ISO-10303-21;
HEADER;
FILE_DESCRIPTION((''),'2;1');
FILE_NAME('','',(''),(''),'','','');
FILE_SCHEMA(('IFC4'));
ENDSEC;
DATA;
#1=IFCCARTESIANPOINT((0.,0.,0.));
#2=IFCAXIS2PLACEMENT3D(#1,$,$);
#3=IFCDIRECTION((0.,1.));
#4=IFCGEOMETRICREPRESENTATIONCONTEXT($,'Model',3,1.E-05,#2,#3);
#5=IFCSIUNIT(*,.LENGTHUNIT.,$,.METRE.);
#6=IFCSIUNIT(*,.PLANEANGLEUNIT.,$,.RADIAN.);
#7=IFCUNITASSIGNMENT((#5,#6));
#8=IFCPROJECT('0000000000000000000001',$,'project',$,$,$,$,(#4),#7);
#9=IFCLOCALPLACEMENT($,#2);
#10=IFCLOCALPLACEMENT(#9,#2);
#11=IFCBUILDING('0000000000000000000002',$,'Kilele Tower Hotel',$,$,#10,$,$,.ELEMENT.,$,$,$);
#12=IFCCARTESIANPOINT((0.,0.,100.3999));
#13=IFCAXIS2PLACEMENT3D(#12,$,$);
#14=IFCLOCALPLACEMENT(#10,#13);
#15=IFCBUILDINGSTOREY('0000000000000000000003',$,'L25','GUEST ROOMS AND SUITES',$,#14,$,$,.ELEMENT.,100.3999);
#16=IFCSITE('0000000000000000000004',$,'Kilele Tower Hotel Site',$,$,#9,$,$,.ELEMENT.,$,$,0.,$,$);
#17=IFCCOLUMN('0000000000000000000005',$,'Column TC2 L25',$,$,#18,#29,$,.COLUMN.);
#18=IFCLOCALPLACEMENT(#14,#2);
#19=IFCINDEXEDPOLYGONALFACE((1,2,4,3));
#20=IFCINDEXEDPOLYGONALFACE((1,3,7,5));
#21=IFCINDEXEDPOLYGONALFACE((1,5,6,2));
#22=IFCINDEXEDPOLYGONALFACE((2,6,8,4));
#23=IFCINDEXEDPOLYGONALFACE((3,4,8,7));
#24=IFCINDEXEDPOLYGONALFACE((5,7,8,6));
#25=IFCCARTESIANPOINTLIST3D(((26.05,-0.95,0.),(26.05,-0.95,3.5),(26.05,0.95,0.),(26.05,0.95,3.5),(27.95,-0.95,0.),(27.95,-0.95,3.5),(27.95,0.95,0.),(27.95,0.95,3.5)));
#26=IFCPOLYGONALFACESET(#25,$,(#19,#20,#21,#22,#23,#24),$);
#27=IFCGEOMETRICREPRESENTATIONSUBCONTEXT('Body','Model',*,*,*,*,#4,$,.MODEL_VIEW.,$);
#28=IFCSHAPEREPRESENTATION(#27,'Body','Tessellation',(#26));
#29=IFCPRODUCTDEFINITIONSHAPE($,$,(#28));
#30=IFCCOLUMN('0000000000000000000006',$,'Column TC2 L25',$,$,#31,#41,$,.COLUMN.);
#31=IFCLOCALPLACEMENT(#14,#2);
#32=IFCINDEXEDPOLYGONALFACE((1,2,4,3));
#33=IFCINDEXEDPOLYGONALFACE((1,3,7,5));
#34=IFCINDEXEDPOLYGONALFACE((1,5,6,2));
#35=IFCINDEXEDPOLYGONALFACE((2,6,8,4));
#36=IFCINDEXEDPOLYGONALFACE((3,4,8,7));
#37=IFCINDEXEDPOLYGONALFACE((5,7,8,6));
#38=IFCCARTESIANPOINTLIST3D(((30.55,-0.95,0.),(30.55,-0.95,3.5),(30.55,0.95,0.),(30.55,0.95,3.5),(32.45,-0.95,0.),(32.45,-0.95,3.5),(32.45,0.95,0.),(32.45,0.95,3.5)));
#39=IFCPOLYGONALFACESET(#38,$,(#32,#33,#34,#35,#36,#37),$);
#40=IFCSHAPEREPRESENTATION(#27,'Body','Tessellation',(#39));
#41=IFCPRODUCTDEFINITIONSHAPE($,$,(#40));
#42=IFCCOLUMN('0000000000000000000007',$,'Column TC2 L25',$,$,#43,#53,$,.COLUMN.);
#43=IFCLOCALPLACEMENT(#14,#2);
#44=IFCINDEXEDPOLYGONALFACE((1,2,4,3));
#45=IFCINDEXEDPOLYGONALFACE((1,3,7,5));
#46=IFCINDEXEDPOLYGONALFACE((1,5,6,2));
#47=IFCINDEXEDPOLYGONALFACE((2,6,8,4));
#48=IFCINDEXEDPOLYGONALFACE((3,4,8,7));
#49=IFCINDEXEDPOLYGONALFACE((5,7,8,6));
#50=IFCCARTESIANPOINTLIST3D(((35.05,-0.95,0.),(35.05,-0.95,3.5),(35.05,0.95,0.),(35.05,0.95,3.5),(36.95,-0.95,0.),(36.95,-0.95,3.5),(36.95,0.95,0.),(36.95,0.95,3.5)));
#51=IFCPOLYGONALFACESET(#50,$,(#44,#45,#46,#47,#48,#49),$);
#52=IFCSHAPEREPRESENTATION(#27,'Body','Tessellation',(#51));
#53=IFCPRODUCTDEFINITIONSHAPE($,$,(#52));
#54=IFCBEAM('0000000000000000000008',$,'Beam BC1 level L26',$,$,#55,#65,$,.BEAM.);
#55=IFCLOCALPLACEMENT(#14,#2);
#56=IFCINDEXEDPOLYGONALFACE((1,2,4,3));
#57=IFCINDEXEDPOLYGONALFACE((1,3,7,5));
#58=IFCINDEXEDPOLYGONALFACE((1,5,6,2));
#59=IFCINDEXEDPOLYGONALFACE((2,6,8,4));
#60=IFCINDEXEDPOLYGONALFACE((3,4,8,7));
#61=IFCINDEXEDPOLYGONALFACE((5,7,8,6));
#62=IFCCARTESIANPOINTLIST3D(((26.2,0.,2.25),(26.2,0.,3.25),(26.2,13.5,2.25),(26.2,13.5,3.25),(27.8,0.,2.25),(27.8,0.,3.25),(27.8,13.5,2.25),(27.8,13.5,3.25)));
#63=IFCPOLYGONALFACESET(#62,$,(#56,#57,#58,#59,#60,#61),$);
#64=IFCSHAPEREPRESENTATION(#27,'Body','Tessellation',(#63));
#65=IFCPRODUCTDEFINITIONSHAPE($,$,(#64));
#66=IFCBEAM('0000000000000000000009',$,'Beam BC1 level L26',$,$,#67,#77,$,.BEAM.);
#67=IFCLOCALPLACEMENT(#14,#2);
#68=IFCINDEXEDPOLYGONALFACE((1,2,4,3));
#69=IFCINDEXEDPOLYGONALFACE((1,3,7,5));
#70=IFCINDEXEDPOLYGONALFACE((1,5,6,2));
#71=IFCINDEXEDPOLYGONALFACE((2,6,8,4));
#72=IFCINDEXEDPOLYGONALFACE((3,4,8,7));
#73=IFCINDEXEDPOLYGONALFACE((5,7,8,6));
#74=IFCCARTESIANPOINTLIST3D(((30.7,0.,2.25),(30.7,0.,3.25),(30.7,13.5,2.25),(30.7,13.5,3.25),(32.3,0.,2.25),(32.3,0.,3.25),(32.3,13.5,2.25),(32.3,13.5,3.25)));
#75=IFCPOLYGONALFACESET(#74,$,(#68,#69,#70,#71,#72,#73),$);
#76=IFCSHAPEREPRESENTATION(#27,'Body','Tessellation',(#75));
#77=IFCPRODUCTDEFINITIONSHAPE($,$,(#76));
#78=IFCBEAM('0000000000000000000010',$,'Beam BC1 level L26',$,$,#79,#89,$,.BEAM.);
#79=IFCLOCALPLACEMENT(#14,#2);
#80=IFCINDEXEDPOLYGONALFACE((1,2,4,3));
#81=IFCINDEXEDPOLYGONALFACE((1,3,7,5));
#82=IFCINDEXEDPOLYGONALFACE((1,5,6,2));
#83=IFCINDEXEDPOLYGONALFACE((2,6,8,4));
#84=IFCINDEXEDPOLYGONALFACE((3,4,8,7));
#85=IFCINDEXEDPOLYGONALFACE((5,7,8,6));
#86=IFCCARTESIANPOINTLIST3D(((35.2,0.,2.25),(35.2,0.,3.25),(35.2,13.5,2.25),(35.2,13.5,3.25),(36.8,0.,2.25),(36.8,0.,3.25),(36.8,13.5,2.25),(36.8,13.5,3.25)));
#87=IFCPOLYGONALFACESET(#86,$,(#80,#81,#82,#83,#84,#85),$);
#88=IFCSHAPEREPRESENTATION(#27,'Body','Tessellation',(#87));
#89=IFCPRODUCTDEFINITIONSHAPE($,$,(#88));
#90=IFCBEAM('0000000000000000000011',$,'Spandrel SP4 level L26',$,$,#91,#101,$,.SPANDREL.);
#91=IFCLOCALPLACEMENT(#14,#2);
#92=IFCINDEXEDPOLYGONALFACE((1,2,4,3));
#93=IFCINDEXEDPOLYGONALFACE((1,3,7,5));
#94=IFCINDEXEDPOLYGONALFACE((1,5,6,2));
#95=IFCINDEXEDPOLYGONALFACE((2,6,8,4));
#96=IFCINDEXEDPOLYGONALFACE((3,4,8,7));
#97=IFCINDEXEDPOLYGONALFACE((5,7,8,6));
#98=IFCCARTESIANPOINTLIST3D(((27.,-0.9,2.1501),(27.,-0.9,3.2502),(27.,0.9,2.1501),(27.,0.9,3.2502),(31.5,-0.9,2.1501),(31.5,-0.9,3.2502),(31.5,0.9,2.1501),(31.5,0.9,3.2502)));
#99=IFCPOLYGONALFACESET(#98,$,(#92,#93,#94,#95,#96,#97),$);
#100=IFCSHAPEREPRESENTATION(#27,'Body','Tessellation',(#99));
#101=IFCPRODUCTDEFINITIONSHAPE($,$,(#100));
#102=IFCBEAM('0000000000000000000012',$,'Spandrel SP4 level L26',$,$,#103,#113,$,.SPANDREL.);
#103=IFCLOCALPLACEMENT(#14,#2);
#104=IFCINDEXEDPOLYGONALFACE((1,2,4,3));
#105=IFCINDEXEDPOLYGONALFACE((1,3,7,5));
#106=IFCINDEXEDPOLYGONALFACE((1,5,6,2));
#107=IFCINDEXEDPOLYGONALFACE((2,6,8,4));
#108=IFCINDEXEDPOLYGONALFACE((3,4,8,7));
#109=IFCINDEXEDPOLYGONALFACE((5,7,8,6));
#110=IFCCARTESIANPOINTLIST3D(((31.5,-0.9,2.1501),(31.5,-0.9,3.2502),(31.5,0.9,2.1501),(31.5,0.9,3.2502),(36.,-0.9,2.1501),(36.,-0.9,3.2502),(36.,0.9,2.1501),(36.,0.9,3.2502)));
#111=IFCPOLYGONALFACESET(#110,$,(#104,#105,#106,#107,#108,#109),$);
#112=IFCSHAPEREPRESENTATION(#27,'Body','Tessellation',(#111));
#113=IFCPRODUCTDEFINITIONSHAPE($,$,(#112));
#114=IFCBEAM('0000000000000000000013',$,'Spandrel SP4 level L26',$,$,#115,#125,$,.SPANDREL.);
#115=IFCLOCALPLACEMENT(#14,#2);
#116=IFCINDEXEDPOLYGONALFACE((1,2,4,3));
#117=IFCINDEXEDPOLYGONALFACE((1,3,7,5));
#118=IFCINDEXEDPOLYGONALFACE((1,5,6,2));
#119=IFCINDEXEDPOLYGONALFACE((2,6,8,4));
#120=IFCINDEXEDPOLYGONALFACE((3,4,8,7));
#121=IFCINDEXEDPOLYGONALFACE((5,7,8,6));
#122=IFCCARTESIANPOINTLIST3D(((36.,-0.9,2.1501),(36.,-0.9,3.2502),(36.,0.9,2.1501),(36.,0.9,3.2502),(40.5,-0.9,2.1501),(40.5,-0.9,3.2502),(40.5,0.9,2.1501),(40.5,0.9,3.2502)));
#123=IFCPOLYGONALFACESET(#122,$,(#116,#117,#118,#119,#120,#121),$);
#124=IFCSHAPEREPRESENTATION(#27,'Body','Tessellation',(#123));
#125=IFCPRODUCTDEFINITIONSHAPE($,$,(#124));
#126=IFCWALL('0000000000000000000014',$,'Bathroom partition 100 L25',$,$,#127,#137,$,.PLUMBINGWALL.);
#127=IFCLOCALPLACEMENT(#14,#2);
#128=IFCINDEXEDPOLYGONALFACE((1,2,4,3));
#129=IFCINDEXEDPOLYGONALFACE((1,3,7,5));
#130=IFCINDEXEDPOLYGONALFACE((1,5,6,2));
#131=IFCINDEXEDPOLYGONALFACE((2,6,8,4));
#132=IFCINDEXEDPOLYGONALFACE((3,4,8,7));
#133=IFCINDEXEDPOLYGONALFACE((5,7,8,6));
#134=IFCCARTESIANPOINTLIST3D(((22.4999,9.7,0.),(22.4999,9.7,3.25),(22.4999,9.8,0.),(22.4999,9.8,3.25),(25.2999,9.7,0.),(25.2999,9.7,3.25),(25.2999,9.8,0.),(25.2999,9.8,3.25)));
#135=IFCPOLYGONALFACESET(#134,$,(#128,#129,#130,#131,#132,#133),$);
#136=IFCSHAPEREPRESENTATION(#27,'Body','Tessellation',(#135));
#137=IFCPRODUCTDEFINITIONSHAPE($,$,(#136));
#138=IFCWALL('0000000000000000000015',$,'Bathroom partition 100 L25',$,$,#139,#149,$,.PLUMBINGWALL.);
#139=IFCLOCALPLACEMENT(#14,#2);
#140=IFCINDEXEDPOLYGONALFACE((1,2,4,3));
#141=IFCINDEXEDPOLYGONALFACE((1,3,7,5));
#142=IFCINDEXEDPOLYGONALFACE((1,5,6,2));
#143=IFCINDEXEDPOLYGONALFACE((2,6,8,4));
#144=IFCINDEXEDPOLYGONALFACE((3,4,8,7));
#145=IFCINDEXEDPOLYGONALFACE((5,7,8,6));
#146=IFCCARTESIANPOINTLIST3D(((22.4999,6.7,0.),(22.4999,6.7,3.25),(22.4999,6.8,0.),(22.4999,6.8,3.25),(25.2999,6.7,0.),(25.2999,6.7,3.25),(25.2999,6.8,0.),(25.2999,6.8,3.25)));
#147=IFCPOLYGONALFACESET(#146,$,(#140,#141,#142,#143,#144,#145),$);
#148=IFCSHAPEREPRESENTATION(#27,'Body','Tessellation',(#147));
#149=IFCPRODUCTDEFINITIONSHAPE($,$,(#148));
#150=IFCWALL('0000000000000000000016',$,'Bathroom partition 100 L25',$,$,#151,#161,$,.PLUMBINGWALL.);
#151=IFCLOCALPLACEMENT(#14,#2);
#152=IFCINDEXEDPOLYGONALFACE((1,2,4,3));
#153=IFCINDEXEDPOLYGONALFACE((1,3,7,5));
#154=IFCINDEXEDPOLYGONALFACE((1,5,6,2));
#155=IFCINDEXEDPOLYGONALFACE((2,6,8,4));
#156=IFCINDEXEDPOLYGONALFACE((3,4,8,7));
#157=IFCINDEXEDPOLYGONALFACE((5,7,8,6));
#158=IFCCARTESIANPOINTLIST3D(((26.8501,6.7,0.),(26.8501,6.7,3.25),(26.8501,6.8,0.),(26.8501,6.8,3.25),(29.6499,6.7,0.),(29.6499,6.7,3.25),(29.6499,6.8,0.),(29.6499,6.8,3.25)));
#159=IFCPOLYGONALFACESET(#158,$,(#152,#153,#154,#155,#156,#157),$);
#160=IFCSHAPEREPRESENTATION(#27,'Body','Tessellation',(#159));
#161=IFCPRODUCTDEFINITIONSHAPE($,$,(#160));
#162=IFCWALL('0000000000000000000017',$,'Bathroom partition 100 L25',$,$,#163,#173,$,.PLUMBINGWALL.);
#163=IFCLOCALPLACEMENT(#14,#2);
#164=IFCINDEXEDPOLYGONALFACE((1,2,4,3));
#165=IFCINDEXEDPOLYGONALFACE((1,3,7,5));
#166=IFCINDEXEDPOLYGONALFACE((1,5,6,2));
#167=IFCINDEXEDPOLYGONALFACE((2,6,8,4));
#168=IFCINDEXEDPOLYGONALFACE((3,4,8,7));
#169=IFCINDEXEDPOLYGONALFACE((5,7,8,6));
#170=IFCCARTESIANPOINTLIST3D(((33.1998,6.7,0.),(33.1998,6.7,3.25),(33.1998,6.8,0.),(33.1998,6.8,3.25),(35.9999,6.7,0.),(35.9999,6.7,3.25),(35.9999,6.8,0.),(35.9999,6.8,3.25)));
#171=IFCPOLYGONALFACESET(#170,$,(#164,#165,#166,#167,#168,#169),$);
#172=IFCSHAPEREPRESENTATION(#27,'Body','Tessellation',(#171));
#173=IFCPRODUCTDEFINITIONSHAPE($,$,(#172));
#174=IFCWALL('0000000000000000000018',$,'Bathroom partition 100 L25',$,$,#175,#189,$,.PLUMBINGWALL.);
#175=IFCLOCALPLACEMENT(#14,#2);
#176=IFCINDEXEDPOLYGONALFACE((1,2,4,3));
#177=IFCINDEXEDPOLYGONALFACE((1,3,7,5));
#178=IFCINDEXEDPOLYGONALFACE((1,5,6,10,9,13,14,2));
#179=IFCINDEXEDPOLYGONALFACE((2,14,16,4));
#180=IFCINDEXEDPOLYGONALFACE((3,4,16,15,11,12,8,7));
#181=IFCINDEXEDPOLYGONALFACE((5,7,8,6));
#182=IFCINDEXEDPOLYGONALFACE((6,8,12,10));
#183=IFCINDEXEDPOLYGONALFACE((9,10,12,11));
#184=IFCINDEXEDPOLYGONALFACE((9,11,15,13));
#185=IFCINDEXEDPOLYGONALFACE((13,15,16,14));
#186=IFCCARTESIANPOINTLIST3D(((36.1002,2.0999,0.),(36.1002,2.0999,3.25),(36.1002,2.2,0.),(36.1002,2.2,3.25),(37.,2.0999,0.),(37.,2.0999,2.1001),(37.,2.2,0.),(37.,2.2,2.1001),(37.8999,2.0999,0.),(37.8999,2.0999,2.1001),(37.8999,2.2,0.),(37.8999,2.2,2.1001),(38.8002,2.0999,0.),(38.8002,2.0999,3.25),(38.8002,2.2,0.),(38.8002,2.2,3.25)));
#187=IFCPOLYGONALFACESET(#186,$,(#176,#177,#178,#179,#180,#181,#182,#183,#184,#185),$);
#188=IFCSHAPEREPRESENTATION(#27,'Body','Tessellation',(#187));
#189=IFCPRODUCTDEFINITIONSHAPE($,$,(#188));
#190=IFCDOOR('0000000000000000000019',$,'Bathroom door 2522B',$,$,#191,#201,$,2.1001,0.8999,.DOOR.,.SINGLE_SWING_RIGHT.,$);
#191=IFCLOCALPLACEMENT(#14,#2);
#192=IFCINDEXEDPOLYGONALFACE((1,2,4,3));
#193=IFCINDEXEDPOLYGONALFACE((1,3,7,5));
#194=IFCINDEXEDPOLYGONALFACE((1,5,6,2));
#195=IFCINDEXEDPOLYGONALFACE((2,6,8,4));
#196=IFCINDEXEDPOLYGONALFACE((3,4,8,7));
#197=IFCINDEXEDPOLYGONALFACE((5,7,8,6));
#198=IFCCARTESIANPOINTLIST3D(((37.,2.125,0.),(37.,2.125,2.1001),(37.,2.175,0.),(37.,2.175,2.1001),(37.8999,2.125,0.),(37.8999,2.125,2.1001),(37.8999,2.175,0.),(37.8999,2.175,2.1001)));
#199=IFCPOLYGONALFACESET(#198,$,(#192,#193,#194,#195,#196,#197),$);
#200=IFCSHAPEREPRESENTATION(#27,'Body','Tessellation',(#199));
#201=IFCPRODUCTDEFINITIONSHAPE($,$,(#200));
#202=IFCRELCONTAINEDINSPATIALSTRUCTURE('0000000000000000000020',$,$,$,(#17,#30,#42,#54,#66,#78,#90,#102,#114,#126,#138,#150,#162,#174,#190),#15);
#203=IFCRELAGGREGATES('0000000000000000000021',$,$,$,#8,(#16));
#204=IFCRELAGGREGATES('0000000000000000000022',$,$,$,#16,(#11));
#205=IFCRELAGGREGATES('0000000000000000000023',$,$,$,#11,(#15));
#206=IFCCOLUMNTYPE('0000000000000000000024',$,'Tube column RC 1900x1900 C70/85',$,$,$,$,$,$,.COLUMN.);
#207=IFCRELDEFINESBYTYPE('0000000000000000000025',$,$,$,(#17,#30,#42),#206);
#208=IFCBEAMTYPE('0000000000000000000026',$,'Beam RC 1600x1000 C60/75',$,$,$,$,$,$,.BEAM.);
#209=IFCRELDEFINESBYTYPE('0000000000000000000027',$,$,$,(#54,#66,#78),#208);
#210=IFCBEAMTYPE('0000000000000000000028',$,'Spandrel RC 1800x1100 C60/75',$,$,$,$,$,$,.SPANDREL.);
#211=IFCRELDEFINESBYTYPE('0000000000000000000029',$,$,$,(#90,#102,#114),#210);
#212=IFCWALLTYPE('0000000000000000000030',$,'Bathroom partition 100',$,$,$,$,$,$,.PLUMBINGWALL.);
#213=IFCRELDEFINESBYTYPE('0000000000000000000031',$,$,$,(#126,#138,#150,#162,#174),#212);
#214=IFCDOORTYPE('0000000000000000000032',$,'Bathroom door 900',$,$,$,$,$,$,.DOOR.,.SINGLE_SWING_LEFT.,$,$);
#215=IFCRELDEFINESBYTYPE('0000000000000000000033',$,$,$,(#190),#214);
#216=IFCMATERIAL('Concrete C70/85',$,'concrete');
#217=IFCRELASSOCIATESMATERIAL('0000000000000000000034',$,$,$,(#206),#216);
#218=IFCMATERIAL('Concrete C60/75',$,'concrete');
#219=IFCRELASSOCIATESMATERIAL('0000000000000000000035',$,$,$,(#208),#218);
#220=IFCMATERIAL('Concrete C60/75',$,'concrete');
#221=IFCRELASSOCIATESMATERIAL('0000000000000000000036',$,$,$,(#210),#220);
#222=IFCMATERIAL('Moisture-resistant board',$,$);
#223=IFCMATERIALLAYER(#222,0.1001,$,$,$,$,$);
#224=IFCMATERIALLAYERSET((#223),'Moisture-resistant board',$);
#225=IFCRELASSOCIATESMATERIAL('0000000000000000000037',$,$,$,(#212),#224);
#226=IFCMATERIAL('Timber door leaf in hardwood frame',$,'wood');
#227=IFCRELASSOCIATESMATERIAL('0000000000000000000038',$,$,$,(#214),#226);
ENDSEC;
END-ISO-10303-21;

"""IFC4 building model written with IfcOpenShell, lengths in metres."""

from ifc_helpers import new_model, si_unit, direction, frame, frame_2d, origin, origin_2d, place, context, subcontext, project, spatial, rectangle, extrude, material, layer, layer_set, material_profile, profile_set, type_object, element, fill, save


model = new_model("IFC4")

# Units and contexts
model_context = context("Model", 3, precision=1e-05, world=origin(), true_north=direction((0.0, 1.0)))
body_context = subcontext(model_context, "Body", "Model", "MODEL_VIEW")
ifc_project = project(units=[si_unit("LENGTHUNIT", "METRE"), si_unit("PLANEANGLEUNIT", "RADIAN")], contexts=[model_context])

# Site, building, storey
site_placement = place(None, origin())
site = spatial("IfcSite", under=ifc_project, at=site_placement, Name="Kilele Tower Hotel Site", CompositionType="ELEMENT", RefElevation=0.0)
building_placement = place(site_placement, origin())
building = spatial("IfcBuilding", under=site, at=building_placement, Name="Kilele Tower Hotel", CompositionType="ELEMENT")
storey_placement = place(building_placement, frame((0.0, 0.0, 100.3999)))
storey = spatial("IfcBuildingStorey", under=building, at=storey_placement, Name="L25", Description="GUEST ROOMS AND SUITES", CompositionType="ELEMENT", Elevation=100.3999)

# Columns
ifc_material_1 = material(Name="Concrete C70/85", Category="concrete")
ifc_material_profile_1 = material_profile(ifc_material_1, rectangle(XDim=1.8999, YDim=1.8999, at=origin_2d()))
ifc_profile_set_1 = profile_set([ifc_material_profile_1], Name="Concrete C70/85")
column_type = type_object("IfcColumnType", Name="Tube column RC 1900x1900 C70/85", PredefinedType="COLUMN", material=ifc_profile_set_1)
for number, where, z_axis, x_axis, name in (
    (1, (27.0, 0.0, 0.0), (0.0, 0.0, 1.0), (1.0, 0.0, 0.0), "Column TC2 L25"),
    (2, (31.5, 0.0, 0.0), (0.0, 0.0, 1.0), (1.0, 0.0, 0.0), "Column TC2 L25"),
    (3, (36.0, 0.0, 0.0), (0.0, 0.0, 1.0), (1.0, 0.0, 0.0), "Column TC2 L25"),
):
    element("IfcColumn", number, at=place(storey_placement, frame(where, z_axis=z_axis, x_axis=x_axis)), inside=storey, type_object=column_type, Name=name, PredefinedType="COLUMN", context=body_context, shape_type="SweptSolid", body=[
        extrude(rectangle(XDim=1.8999, YDim=1.8999, at=origin_2d()), origin(), (0.0, 0.0, 1.0), 3.5),
    ])

# Beams
ifc_material_2 = material(Name="Concrete C60/75", Category="concrete")
ifc_material_profile_2 = material_profile(ifc_material_2, rectangle(XDim=1.6001, YDim=1.0, at=origin_2d()))
ifc_profile_set_2 = profile_set([ifc_material_profile_2], Name="Concrete C60/75")
beam_type_1 = type_object("IfcBeamType", Name="Beam RC 1600x1000 C60/75", PredefinedType="BEAM", material=ifc_profile_set_2)
for number, where, z_axis, x_axis, name in (
    (4, (27.0, 0.0, 2.75), (0.0, 1.0, 0.0), (-1.0, 0.0, 0.0), "Beam BC1 level L26"),
    (5, (31.5, 0.0, 2.75), (0.0, 1.0, 0.0), (-1.0, 0.0, 0.0), "Beam BC1 level L26"),
    (6, (36.0, 0.0, 2.75), (0.0, 1.0, 0.0), (-1.0, 0.0, 0.0), "Beam BC1 level L26"),
):
    element("IfcBeam", number, at=place(storey_placement, frame(where, z_axis=z_axis, x_axis=x_axis)), inside=storey, type_object=beam_type_1, Name=name, PredefinedType="BEAM", context=body_context, shape_type="SweptSolid", body=[
        extrude(rectangle(XDim=1.6001, YDim=1.0, at=origin_2d()), origin(), (0.0, 0.0, 1.0), 13.5),
    ])
ifc_material_3 = material(Name="Concrete C60/75", Category="concrete")
ifc_material_profile_3 = material_profile(ifc_material_3, rectangle(XDim=1.8, YDim=1.1001, at=origin_2d()))
ifc_profile_set_3 = profile_set([ifc_material_profile_3], Name="Concrete C60/75")
beam_type_2 = type_object("IfcBeamType", Name="Spandrel RC 1800x1100 C60/75", PredefinedType="SPANDREL", material=ifc_profile_set_3)
for number, where, z_axis, x_axis, name in (
    (7, (27.0, 0.0, 2.7002), (1.0, 0.0, 0.0), (0.0, 1.0, 0.0), "Spandrel SP4 level L26"),
    (8, (31.5, 0.0, 2.7002), (1.0, 0.0, 0.0), (0.0, 1.0, 0.0), "Spandrel SP4 level L26"),
    (9, (36.0, 0.0, 2.7002), (1.0, 0.0, 0.0), (0.0, 1.0, 0.0), "Spandrel SP4 level L26"),
):
    element("IfcBeam", number, at=place(storey_placement, frame(where, z_axis=z_axis, x_axis=x_axis)), inside=storey, type_object=beam_type_2, Name=name, PredefinedType="SPANDREL", context=body_context, shape_type="SweptSolid", body=[
        extrude(rectangle(XDim=1.8, YDim=1.1001, at=origin_2d()), origin(), (0.0, 0.0, 1.0), 4.5),
    ])

# Walls
ifc_material_4 = material(Name="Moisture-resistant board")
ifc_layer_1 = layer(ifc_material_4, 0.1001)
ifc_layer_set_1 = layer_set([ifc_layer_1], Name="Moisture-resistant board")
wall_type_1 = type_object("IfcWallType", Name="Bathroom partition 100", PredefinedType="PLUMBINGWALL", material=ifc_layer_set_1)
for number, where, z_axis, x_axis, name in (
    (10, (22.5, 9.75, 0.0), (0.0, 0.0, 1.0), (1.0, 0.0, 0.0), "Bathroom partition 100 L25"),
    (11, (22.5, 6.75, 0.0), (0.0, 0.0, 1.0), (1.0, 0.0, 0.0), "Bathroom partition 100 L25"),
):
    element("IfcWall", number, at=place(storey_placement, frame(where, z_axis=z_axis, x_axis=x_axis)), inside=storey, type_object=wall_type_1, Name=name, PredefinedType="PLUMBINGWALL", context=body_context, shape_type="SweptSolid", body=[
        extrude(rectangle(XDim=2.8, YDim=0.1001, at=frame_2d((1.3999, 0.0))), origin(), (0.0, 0.0, 1.0), 3.25),
    ])
wall_1_placement = place(storey_placement, frame((26.8501, 6.75, 0.0), z_axis=(0.0, 0.0, 1.0), x_axis=(1.0, 0.0, 0.0)))
element("IfcWall", 12, at=wall_1_placement, inside=storey, type_object=wall_type_1, Name="Bathroom partition 100 L25", PredefinedType="PLUMBINGWALL", context=body_context, shape_type="SweptSolid", body=[
    extrude(rectangle(XDim=2.7998, YDim=0.1001, at=frame_2d((1.3999, 0.0))), origin(), (0.0, 0.0, 1.0), 3.25),
])
wall_2_placement = place(storey_placement, frame((33.2, 6.75, 0.0), z_axis=(0.0, 0.0, 1.0), x_axis=(1.0, 0.0, 0.0)))
element("IfcWall", 13, at=wall_2_placement, inside=storey, type_object=wall_type_1, Name="Bathroom partition 100 L25", PredefinedType="PLUMBINGWALL", context=body_context, shape_type="SweptSolid", body=[
    extrude(rectangle(XDim=2.8, YDim=0.1001, at=frame_2d((1.3999, 0.0))), origin(), (0.0, 0.0, 1.0), 3.25),
])

# Wall, opening, door
wall_3_placement = place(storey_placement, frame((36.1001, 2.1499, 0.0), z_axis=(0.0, 0.0, 1.0), x_axis=(1.0, 0.0, 0.0)))
wall_3 = element("IfcWall", 14, at=wall_3_placement, inside=storey, type_object=wall_type_1, Name="Bathroom partition 100 L25", PredefinedType="PLUMBINGWALL", context=body_context, shape_type="SweptSolid", body=[
    extrude(rectangle(XDim=2.7, YDim=0.1001, at=frame_2d((1.3501, 0.0))), origin(), (0.0, 0.0, 1.0), 3.25),
])
opening_1_placement = place(wall_3_placement, frame((1.7998, 0.0, 0.0), z_axis=(0.0, 0.0, 1.0), x_axis=(-1.0, 0.0, 0.0)))
opening_1 = element("IfcOpeningElement", 15, at=opening_1_placement, cuts=wall_3, PredefinedType="OPENING", context=body_context, shape_type="SweptSolid", body=[
    extrude(rectangle(XDim=0.8999, YDim=2.1001, at=frame_2d((0.45, 1.05))), frame((0.0, 0.0601, 0.0), z_axis=(0.0, -1.0, 0.0), x_axis=(1.0, 0.0, 0.0)), (0.0, 0.0, 1.0), 0.1201),
])
ifc_material_5 = material(Name="Timber door leaf in hardwood frame", Category="wood")
door_type_1 = type_object("IfcDoorType", Name="Bathroom door 900", OperationType="SINGLE_SWING_LEFT", PredefinedType="DOOR", material=ifc_material_5)
door_1_placement = place(opening_1_placement, origin())
door_1 = element("IfcDoor", 16, at=door_1_placement, inside=storey, type_object=door_type_1, Name="Bathroom door 2522B", OperationType="SINGLE_SWING_RIGHT", OverallHeight=2.1001, OverallWidth=0.8999, PredefinedType="DOOR", context=body_context, shape_type="SweptSolid", body=[
    extrude(rectangle(XDim=0.8999, YDim=2.1001, at=frame_2d((0.45, 1.05))), frame((0.0, 0.0249, 0.0), z_axis=(0.0, -1.0, 0.0), x_axis=(1.0, 0.0, 0.0)), (0.0, 0.0, 1.0), 0.05),
])
fill(opening_1, door_1)

save(model, "model.ifc")
